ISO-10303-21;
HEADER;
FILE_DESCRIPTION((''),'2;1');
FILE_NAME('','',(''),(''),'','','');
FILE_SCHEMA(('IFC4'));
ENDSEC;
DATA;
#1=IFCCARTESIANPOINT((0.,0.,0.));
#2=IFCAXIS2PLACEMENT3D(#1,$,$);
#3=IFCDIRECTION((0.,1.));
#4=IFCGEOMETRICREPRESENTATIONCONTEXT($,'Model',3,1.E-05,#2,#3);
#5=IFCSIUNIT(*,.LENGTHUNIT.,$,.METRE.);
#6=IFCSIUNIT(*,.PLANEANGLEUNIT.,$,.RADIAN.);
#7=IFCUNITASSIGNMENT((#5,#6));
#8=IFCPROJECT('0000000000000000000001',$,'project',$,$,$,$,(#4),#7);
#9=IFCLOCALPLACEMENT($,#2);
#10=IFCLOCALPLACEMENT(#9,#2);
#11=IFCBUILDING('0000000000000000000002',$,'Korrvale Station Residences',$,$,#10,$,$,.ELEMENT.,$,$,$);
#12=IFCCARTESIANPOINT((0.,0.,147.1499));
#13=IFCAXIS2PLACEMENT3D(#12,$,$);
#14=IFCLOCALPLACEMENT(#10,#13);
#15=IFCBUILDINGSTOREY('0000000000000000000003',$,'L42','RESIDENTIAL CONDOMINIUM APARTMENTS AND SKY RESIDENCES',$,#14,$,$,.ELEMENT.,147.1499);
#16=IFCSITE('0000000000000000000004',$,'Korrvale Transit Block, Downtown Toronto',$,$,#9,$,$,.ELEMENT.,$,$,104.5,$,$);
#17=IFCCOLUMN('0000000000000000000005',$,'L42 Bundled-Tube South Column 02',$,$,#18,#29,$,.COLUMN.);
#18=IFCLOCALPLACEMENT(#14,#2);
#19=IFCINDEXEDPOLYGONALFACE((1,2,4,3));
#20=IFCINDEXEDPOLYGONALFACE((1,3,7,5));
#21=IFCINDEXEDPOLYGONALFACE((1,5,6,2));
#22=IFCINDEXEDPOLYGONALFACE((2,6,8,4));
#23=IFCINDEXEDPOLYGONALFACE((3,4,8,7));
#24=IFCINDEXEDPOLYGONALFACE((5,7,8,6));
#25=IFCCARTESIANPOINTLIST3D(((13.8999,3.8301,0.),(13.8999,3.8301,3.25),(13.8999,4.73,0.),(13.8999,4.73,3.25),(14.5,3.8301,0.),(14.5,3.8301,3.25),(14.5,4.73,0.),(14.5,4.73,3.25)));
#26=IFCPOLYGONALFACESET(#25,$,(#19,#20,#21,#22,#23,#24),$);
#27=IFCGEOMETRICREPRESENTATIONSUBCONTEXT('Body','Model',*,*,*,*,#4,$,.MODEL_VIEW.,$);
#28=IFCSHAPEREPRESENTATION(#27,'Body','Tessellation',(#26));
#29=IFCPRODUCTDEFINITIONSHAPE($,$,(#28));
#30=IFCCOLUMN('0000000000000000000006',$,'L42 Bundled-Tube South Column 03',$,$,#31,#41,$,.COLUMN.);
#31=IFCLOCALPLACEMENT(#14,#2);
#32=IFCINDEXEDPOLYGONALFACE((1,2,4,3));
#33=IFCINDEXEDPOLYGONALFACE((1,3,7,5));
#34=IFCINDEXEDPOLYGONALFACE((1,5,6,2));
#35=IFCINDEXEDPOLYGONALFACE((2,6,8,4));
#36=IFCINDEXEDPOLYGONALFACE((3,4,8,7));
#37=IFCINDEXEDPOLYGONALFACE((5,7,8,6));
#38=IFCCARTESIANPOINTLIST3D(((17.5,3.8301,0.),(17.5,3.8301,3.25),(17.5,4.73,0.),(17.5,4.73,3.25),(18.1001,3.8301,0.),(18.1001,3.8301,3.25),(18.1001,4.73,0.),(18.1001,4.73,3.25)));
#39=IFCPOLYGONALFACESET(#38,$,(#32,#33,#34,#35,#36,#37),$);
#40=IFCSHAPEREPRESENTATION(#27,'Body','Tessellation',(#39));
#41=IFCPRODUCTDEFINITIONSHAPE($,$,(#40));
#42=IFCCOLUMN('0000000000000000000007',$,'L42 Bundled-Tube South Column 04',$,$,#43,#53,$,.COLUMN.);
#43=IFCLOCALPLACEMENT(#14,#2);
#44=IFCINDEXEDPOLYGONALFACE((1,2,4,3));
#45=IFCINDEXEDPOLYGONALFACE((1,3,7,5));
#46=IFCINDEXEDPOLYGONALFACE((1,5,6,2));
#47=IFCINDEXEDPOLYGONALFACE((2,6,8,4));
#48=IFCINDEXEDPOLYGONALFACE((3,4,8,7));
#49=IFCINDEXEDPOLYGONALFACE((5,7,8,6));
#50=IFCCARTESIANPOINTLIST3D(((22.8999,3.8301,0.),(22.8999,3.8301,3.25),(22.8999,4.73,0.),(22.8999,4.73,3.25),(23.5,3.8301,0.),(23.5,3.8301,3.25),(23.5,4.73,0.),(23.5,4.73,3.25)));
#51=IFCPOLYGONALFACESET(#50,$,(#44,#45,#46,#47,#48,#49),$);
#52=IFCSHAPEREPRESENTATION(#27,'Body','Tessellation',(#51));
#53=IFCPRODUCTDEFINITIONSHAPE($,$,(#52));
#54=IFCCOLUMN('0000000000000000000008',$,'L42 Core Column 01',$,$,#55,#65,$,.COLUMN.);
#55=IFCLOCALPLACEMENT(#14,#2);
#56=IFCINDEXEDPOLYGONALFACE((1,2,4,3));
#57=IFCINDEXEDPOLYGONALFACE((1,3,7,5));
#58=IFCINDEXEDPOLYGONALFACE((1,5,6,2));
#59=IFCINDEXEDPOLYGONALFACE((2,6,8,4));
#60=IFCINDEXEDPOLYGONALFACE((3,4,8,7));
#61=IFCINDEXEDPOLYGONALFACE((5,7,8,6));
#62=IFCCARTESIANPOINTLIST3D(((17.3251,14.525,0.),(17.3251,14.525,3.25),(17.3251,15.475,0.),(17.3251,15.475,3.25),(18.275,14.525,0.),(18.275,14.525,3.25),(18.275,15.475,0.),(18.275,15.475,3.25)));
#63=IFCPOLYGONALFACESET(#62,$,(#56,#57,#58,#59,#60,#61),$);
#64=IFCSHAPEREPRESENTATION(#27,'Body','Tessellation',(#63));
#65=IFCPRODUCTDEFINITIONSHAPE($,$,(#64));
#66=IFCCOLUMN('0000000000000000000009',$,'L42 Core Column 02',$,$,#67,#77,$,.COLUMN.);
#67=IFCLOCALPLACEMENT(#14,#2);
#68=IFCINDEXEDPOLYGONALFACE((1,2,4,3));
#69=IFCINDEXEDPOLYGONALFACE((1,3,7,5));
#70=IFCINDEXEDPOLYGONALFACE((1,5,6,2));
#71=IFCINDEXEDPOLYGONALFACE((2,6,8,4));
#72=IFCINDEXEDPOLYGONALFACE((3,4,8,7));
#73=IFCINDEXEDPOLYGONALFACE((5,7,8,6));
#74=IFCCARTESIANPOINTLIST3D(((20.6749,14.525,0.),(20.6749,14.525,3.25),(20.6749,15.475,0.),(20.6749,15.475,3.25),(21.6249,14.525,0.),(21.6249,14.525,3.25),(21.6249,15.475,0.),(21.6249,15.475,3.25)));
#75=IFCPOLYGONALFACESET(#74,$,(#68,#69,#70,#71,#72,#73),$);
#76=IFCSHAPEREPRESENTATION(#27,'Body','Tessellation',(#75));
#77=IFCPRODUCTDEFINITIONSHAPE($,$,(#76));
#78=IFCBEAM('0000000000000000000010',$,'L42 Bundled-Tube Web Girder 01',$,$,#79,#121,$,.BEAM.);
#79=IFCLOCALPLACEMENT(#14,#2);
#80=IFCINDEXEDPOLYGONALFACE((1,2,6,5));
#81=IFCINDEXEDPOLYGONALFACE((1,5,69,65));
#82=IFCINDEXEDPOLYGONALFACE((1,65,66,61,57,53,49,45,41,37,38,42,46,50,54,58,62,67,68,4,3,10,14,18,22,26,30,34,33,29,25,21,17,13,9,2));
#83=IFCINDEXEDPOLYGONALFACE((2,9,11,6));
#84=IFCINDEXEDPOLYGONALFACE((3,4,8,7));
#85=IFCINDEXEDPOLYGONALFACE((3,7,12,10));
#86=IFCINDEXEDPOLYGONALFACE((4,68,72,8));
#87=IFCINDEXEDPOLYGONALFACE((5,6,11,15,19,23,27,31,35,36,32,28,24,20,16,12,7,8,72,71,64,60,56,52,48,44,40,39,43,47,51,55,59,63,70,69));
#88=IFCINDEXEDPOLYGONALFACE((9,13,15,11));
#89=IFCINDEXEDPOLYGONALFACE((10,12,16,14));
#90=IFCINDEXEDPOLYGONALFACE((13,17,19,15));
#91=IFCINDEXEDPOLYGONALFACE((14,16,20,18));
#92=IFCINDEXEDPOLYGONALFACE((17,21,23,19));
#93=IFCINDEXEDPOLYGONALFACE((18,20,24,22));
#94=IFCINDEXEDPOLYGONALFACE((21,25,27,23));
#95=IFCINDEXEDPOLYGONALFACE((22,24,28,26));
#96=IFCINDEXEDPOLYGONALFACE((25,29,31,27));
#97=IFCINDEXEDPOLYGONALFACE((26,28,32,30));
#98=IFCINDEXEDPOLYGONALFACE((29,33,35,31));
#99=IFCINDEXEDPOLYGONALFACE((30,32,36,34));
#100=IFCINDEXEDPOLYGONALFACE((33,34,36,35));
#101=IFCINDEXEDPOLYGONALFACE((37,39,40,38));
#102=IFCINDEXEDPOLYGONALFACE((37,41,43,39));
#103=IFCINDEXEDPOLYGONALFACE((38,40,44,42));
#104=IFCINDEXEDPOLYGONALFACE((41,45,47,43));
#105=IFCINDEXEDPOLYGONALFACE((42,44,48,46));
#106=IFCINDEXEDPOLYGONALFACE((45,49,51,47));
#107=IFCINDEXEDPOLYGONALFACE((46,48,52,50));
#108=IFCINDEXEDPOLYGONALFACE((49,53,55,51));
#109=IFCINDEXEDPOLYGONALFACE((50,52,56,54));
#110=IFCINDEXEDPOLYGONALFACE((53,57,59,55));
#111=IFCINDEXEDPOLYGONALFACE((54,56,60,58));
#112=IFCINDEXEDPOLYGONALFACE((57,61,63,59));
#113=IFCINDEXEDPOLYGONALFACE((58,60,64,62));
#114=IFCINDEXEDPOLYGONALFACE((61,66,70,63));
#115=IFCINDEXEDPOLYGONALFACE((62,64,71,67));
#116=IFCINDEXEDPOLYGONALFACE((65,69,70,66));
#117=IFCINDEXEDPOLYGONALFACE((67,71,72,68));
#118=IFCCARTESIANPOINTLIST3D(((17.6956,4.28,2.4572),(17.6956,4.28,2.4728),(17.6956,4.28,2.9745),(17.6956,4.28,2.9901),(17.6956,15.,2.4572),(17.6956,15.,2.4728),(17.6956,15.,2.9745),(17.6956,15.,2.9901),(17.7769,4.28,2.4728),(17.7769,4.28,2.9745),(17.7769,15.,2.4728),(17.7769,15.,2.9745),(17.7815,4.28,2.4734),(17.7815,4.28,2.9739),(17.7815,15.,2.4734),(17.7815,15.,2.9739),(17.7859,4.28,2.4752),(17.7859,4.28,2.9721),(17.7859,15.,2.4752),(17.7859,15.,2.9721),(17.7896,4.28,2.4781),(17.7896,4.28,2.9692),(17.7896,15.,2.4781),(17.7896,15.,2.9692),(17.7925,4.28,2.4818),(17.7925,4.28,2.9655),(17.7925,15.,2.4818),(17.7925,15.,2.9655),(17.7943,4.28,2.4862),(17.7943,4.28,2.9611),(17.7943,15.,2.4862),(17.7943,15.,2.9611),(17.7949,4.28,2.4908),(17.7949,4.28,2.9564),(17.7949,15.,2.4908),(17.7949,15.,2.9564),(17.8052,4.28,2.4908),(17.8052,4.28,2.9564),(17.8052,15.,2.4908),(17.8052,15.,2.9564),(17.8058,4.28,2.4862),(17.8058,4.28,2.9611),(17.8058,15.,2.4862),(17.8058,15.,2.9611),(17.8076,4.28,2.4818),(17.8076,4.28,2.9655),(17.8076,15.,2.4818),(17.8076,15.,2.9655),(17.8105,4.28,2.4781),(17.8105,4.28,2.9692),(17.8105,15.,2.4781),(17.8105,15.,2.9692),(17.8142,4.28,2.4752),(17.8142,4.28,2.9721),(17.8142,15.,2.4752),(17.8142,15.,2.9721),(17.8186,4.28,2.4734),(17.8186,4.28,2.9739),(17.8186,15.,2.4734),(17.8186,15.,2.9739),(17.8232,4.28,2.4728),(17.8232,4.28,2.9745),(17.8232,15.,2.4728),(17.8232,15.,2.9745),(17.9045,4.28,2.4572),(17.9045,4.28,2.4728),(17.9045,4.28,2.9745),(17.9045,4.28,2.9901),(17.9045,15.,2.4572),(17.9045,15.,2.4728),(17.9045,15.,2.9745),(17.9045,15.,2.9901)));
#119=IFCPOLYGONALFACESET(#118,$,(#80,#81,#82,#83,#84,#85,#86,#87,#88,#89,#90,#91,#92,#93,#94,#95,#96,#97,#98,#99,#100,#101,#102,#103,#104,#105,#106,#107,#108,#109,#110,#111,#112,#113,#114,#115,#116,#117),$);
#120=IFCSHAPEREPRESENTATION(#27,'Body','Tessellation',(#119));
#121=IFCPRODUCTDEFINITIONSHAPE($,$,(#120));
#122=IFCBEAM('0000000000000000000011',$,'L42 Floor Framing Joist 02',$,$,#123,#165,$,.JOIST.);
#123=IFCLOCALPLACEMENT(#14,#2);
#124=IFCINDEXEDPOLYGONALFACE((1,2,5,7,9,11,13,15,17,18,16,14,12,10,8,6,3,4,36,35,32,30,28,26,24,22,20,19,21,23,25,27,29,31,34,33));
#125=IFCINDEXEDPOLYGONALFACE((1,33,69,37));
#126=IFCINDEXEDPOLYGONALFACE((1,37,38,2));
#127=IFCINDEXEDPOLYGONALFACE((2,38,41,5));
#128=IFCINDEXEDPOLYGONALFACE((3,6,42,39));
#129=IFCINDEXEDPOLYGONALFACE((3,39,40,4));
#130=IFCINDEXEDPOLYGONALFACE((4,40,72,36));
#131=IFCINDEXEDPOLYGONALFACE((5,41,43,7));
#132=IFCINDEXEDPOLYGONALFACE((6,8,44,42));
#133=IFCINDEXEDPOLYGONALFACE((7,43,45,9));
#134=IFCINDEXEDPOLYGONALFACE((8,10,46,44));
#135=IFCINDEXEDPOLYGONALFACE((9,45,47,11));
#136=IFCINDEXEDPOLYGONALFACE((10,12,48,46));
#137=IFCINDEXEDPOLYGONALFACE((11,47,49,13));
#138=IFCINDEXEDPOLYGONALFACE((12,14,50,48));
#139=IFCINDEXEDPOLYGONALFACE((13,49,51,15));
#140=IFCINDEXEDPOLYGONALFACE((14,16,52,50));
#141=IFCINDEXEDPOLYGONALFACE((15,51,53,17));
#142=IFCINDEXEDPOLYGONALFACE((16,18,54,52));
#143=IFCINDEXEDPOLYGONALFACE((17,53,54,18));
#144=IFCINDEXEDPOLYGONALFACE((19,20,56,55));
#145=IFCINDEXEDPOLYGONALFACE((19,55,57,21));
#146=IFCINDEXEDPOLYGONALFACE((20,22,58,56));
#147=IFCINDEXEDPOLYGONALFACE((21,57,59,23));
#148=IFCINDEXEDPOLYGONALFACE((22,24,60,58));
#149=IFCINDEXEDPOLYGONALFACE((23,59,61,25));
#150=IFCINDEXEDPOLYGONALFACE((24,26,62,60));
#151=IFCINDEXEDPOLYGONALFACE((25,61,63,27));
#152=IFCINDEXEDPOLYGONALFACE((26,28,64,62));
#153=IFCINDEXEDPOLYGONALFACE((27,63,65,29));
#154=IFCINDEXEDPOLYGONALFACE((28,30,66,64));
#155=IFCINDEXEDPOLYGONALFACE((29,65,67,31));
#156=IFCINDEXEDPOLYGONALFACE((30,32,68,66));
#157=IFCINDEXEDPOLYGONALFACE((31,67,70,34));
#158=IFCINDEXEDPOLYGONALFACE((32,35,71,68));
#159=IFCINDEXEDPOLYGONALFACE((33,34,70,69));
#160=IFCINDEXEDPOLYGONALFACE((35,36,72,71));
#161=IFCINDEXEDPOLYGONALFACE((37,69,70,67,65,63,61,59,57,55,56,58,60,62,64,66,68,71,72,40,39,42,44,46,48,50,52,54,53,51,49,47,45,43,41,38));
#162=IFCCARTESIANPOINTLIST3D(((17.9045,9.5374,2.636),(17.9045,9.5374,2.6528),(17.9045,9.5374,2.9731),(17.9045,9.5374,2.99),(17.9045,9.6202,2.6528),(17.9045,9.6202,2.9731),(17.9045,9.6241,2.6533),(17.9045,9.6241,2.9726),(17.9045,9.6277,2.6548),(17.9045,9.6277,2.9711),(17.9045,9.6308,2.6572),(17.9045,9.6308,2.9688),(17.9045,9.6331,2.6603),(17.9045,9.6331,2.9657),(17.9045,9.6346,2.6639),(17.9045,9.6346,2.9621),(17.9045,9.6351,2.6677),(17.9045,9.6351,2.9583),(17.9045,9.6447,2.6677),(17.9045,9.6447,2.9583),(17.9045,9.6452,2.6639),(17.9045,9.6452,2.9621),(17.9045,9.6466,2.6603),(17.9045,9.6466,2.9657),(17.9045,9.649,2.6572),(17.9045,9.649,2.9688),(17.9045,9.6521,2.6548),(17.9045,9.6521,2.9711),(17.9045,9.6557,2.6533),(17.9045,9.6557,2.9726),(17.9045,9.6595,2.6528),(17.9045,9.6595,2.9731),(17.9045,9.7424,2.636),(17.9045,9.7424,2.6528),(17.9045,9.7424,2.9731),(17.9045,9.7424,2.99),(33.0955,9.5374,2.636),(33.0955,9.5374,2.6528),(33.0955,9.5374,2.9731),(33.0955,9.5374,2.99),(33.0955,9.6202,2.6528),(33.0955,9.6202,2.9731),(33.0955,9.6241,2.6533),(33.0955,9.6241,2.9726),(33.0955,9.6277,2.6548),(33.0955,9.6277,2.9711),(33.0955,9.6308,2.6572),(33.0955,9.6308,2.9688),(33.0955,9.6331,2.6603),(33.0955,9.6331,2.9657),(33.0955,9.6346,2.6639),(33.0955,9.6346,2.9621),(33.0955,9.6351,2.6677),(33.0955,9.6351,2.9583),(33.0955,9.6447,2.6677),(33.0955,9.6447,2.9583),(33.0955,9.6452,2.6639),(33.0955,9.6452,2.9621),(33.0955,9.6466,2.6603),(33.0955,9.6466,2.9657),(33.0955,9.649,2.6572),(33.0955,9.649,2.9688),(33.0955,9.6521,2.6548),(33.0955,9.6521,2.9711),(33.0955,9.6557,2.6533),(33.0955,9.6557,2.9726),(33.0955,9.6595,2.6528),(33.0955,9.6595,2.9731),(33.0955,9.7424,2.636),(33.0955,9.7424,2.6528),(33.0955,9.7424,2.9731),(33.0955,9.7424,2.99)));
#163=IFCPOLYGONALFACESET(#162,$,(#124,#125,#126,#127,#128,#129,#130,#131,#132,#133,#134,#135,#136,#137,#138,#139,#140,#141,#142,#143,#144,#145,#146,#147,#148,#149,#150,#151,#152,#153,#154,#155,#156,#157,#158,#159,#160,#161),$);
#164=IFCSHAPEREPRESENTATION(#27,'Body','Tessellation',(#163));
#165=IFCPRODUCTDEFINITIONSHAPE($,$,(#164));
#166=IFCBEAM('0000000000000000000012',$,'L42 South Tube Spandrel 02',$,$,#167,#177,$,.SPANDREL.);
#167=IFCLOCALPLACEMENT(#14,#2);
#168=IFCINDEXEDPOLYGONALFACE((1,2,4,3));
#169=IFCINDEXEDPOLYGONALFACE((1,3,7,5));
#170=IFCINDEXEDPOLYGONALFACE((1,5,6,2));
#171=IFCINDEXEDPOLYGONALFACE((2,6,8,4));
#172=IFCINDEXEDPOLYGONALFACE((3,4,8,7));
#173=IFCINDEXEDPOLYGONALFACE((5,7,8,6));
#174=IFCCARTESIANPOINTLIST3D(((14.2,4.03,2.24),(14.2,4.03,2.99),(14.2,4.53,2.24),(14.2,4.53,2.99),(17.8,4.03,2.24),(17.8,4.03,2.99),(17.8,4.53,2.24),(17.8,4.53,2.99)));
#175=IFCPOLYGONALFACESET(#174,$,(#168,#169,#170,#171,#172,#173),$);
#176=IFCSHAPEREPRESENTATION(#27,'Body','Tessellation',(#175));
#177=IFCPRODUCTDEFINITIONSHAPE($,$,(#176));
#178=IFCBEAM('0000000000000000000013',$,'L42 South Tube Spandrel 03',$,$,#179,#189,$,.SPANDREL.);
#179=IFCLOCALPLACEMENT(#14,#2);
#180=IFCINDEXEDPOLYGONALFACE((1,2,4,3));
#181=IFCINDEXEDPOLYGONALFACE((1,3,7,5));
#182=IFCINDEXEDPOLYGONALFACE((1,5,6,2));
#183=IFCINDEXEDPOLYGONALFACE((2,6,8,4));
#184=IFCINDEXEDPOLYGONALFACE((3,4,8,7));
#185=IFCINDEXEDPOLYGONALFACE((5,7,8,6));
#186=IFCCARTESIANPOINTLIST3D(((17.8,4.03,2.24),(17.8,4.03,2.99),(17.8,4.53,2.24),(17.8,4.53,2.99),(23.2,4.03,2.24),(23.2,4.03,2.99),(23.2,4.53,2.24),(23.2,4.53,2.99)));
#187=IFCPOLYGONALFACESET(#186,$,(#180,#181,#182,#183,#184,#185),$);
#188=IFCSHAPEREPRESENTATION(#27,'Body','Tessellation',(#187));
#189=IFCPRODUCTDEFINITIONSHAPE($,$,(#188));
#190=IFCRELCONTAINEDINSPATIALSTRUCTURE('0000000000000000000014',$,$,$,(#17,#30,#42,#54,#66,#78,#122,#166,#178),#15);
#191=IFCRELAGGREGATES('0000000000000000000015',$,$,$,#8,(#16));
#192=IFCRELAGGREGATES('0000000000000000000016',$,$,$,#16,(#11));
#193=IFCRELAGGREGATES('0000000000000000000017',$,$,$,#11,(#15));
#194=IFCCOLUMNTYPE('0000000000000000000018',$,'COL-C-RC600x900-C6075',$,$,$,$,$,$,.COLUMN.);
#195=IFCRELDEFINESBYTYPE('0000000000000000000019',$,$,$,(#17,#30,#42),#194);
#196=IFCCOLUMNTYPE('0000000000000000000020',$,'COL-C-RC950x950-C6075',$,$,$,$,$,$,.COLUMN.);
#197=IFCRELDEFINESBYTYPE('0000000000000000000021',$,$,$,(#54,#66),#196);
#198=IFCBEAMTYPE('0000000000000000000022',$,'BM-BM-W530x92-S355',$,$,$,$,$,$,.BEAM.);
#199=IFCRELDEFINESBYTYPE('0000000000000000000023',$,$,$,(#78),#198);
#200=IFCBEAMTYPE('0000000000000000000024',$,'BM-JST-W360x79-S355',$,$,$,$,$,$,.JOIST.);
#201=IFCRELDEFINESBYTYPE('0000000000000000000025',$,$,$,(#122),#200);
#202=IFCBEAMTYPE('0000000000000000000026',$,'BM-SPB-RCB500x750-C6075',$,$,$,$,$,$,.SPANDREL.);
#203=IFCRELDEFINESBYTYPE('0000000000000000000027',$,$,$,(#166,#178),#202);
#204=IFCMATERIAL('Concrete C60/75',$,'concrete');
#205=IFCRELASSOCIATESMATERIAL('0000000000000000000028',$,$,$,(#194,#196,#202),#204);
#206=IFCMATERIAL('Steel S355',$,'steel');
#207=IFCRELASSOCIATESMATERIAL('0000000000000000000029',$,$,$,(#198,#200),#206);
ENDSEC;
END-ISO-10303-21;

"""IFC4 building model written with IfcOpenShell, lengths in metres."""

from ifc_helpers import new_model, si_unit, direction, frame, origin, origin_2d, place, context, subcontext, project, spatial, rectangle, i_section, extrude, material, material_profile, profile_set, type_object, element, save


model = new_model("IFC4")

# Units and contexts
model_context = context("Model", 3, precision=1e-05, world=origin(), true_north=direction((0.0, 1.0)))
body_context = subcontext(model_context, "Body", "Model", "MODEL_VIEW")
ifc_project = project(units=[si_unit("LENGTHUNIT", "METRE"), si_unit("PLANEANGLEUNIT", "RADIAN")], contexts=[model_context])

# Site, building, storey
site_placement = place(None, origin())
site = spatial("IfcSite", under=ifc_project, at=site_placement, Name="Korrvale Transit Block, Downtown Toronto", CompositionType="ELEMENT", RefElevation=104.5)
building_placement = place(site_placement, origin())
building = spatial("IfcBuilding", under=site, at=building_placement, Name="Korrvale Station Residences", CompositionType="ELEMENT")
storey_placement = place(building_placement, frame((0.0, 0.0, 147.1499)))
storey = spatial("IfcBuildingStorey", under=building, at=storey_placement, Name="L42", Description="RESIDENTIAL CONDOMINIUM APARTMENTS AND SKY RESIDENCES", CompositionType="ELEMENT", Elevation=147.1499)

# Columns
ifc_material_1 = material(Name="Concrete C60/75", Category="concrete")
ifc_material_profile_1 = material_profile(ifc_material_1, rectangle(XDim=0.6001, YDim=0.8999, at=origin_2d()), Name="RC600x900")
ifc_profile_set_1 = profile_set([ifc_material_profile_1], Name="Concrete C60/75")
column_type_1 = type_object("IfcColumnType", Name="COL-C-RC600x900-C6075", PredefinedType="COLUMN", material=ifc_profile_set_1)
for number, where, z_axis, x_axis, name in (
    (1, (14.2, 4.28, 0.0), (0.0, 0.0, 1.0), (1.0, 0.0, 0.0), "L42 Bundled-Tube South Column 02"),
    (2, (17.8, 4.28, 0.0), (0.0, 0.0, 1.0), (1.0, 0.0, 0.0), "L42 Bundled-Tube South Column 03"),
    (3, (23.2, 4.28, 0.0), (0.0, 0.0, 1.0), (1.0, 0.0, 0.0), "L42 Bundled-Tube South Column 04"),
):
    element("IfcColumn", number, at=place(storey_placement, frame(where, z_axis=z_axis, x_axis=x_axis)), inside=storey, type_object=column_type_1, Name=name, PredefinedType="COLUMN", context=body_context, shape_type="SweptSolid", body=[
        extrude(rectangle(XDim=0.6001, YDim=0.8999, at=origin_2d()), origin(), (0.0, 0.0, 1.0), 3.25),
    ])
ifc_material_profile_2 = material_profile(ifc_material_1, rectangle(XDim=0.95, YDim=0.95, at=origin_2d()), Name="RC950x950")
ifc_profile_set_2 = profile_set([ifc_material_profile_2], Name="Concrete C60/75")
column_type_2 = type_object("IfcColumnType", Name="COL-C-RC950x950-C6075", PredefinedType="COLUMN", material=ifc_profile_set_2)
for number, where, z_axis, x_axis, name in (
    (4, (17.8, 15.0, 0.0), (0.0, 0.0, 1.0), (1.0, 0.0, 0.0), "L42 Core Column 01"),
    (5, (21.1499, 15.0, 0.0), (0.0, 0.0, 1.0), (1.0, 0.0, 0.0), "L42 Core Column 02"),
):
    element("IfcColumn", number, at=place(storey_placement, frame(where, z_axis=z_axis, x_axis=x_axis)), inside=storey, type_object=column_type_2, Name=name, PredefinedType="COLUMN", context=body_context, shape_type="SweptSolid", body=[
        extrude(rectangle(XDim=0.95, YDim=0.95, at=origin_2d()), origin(), (0.0, 0.0, 1.0), 3.25),
    ])

# Beams
ifc_material_2 = material(Name="Steel S355", Category="steel")
ifc_material_profile_3 = material_profile(ifc_material_2, i_section(OverallWidth=0.209, OverallDepth=0.533, WebThickness=0.0103, FlangeThickness=0.0156, FilletRadius=0.0181, at=origin_2d()), Name="W530x92")
ifc_profile_set_3 = profile_set([ifc_material_profile_3], Name="Steel S355")
beam_type_1 = type_object("IfcBeamType", Name="BM-BM-W530x92-S355", PredefinedType="BEAM", material=ifc_profile_set_3)
beam_1_placement = place(storey_placement, frame((17.8, 4.28, 2.7236), z_axis=(0.0, 1.0, 0.0), x_axis=(-1.0, 0.0, 0.0)))
element("IfcBeam", 6, at=beam_1_placement, inside=storey, type_object=beam_type_1, Name="L42 Bundled-Tube Web Girder 01", PredefinedType="BEAM", context=body_context, shape_type="SweptSolid", body=[
    extrude(i_section(OverallWidth=0.209, OverallDepth=0.533, WebThickness=0.0103, FlangeThickness=0.0156, FilletRadius=0.0181, at=origin_2d()), origin(), (0.0, 0.0, 1.0), 10.72),
])
ifc_material_profile_4 = material_profile(ifc_material_2, i_section(OverallWidth=0.2051, OverallDepth=0.354, WebThickness=0.0095, FlangeThickness=0.0168, FilletRadius=0.0149, at=origin_2d()), Name="W360x79")
ifc_profile_set_4 = profile_set([ifc_material_profile_4], Name="Steel S355")
beam_type_2 = type_object("IfcBeamType", Name="BM-JST-W360x79-S355", PredefinedType="JOIST", material=ifc_profile_set_4)
beam_2_placement = place(storey_placement, frame((17.9045, 9.6399, 2.813), z_axis=(1.0, 0.0, 0.0), x_axis=(0.0, 1.0, 0.0)))
element("IfcBeam", 7, at=beam_2_placement, inside=storey, type_object=beam_type_2, Name="L42 Floor Framing Joist 02", PredefinedType="JOIST", context=body_context, shape_type="SweptSolid", body=[
    extrude(i_section(OverallWidth=0.2051, OverallDepth=0.354, WebThickness=0.0095, FlangeThickness=0.0168, FilletRadius=0.0149, at=origin_2d()), origin(), (0.0, 0.0, 1.0), 15.1909),
])
ifc_material_profile_5 = material_profile(ifc_material_1, rectangle(XDim=0.5, YDim=0.75, at=origin_2d()), Name="RCB500x750")
ifc_profile_set_5 = profile_set([ifc_material_profile_5], Name="Concrete C60/75")
beam_type_3 = type_object("IfcBeamType", Name="BM-SPB-RCB500x750-C6075", PredefinedType="SPANDREL", material=ifc_profile_set_5)
beam_3_placement = place(storey_placement, frame((14.2, 4.28, 2.615), z_axis=(1.0, 0.0, 0.0), x_axis=(0.0, 1.0, 0.0)))
element("IfcBeam", 8, at=beam_3_placement, inside=storey, type_object=beam_type_3, Name="L42 South Tube Spandrel 02", PredefinedType="SPANDREL", context=body_context, shape_type="SweptSolid", body=[
    extrude(rectangle(XDim=0.5, YDim=0.75, at=origin_2d()), origin(), (0.0, 0.0, 1.0), 3.6001),
])
beam_4_placement = place(storey_placement, frame((17.8, 4.28, 2.615), z_axis=(1.0, 0.0, 0.0), x_axis=(0.0, 1.0, 0.0)))
element("IfcBeam", 9, at=beam_4_placement, inside=storey, type_object=beam_type_3, Name="L42 South Tube Spandrel 03", PredefinedType="SPANDREL", context=body_context, shape_type="SweptSolid", body=[
    extrude(rectangle(XDim=0.5, YDim=0.75, at=origin_2d()), origin(), (0.0, 0.0, 1.0), 5.3999),
])

save(model, "model.ifc")
